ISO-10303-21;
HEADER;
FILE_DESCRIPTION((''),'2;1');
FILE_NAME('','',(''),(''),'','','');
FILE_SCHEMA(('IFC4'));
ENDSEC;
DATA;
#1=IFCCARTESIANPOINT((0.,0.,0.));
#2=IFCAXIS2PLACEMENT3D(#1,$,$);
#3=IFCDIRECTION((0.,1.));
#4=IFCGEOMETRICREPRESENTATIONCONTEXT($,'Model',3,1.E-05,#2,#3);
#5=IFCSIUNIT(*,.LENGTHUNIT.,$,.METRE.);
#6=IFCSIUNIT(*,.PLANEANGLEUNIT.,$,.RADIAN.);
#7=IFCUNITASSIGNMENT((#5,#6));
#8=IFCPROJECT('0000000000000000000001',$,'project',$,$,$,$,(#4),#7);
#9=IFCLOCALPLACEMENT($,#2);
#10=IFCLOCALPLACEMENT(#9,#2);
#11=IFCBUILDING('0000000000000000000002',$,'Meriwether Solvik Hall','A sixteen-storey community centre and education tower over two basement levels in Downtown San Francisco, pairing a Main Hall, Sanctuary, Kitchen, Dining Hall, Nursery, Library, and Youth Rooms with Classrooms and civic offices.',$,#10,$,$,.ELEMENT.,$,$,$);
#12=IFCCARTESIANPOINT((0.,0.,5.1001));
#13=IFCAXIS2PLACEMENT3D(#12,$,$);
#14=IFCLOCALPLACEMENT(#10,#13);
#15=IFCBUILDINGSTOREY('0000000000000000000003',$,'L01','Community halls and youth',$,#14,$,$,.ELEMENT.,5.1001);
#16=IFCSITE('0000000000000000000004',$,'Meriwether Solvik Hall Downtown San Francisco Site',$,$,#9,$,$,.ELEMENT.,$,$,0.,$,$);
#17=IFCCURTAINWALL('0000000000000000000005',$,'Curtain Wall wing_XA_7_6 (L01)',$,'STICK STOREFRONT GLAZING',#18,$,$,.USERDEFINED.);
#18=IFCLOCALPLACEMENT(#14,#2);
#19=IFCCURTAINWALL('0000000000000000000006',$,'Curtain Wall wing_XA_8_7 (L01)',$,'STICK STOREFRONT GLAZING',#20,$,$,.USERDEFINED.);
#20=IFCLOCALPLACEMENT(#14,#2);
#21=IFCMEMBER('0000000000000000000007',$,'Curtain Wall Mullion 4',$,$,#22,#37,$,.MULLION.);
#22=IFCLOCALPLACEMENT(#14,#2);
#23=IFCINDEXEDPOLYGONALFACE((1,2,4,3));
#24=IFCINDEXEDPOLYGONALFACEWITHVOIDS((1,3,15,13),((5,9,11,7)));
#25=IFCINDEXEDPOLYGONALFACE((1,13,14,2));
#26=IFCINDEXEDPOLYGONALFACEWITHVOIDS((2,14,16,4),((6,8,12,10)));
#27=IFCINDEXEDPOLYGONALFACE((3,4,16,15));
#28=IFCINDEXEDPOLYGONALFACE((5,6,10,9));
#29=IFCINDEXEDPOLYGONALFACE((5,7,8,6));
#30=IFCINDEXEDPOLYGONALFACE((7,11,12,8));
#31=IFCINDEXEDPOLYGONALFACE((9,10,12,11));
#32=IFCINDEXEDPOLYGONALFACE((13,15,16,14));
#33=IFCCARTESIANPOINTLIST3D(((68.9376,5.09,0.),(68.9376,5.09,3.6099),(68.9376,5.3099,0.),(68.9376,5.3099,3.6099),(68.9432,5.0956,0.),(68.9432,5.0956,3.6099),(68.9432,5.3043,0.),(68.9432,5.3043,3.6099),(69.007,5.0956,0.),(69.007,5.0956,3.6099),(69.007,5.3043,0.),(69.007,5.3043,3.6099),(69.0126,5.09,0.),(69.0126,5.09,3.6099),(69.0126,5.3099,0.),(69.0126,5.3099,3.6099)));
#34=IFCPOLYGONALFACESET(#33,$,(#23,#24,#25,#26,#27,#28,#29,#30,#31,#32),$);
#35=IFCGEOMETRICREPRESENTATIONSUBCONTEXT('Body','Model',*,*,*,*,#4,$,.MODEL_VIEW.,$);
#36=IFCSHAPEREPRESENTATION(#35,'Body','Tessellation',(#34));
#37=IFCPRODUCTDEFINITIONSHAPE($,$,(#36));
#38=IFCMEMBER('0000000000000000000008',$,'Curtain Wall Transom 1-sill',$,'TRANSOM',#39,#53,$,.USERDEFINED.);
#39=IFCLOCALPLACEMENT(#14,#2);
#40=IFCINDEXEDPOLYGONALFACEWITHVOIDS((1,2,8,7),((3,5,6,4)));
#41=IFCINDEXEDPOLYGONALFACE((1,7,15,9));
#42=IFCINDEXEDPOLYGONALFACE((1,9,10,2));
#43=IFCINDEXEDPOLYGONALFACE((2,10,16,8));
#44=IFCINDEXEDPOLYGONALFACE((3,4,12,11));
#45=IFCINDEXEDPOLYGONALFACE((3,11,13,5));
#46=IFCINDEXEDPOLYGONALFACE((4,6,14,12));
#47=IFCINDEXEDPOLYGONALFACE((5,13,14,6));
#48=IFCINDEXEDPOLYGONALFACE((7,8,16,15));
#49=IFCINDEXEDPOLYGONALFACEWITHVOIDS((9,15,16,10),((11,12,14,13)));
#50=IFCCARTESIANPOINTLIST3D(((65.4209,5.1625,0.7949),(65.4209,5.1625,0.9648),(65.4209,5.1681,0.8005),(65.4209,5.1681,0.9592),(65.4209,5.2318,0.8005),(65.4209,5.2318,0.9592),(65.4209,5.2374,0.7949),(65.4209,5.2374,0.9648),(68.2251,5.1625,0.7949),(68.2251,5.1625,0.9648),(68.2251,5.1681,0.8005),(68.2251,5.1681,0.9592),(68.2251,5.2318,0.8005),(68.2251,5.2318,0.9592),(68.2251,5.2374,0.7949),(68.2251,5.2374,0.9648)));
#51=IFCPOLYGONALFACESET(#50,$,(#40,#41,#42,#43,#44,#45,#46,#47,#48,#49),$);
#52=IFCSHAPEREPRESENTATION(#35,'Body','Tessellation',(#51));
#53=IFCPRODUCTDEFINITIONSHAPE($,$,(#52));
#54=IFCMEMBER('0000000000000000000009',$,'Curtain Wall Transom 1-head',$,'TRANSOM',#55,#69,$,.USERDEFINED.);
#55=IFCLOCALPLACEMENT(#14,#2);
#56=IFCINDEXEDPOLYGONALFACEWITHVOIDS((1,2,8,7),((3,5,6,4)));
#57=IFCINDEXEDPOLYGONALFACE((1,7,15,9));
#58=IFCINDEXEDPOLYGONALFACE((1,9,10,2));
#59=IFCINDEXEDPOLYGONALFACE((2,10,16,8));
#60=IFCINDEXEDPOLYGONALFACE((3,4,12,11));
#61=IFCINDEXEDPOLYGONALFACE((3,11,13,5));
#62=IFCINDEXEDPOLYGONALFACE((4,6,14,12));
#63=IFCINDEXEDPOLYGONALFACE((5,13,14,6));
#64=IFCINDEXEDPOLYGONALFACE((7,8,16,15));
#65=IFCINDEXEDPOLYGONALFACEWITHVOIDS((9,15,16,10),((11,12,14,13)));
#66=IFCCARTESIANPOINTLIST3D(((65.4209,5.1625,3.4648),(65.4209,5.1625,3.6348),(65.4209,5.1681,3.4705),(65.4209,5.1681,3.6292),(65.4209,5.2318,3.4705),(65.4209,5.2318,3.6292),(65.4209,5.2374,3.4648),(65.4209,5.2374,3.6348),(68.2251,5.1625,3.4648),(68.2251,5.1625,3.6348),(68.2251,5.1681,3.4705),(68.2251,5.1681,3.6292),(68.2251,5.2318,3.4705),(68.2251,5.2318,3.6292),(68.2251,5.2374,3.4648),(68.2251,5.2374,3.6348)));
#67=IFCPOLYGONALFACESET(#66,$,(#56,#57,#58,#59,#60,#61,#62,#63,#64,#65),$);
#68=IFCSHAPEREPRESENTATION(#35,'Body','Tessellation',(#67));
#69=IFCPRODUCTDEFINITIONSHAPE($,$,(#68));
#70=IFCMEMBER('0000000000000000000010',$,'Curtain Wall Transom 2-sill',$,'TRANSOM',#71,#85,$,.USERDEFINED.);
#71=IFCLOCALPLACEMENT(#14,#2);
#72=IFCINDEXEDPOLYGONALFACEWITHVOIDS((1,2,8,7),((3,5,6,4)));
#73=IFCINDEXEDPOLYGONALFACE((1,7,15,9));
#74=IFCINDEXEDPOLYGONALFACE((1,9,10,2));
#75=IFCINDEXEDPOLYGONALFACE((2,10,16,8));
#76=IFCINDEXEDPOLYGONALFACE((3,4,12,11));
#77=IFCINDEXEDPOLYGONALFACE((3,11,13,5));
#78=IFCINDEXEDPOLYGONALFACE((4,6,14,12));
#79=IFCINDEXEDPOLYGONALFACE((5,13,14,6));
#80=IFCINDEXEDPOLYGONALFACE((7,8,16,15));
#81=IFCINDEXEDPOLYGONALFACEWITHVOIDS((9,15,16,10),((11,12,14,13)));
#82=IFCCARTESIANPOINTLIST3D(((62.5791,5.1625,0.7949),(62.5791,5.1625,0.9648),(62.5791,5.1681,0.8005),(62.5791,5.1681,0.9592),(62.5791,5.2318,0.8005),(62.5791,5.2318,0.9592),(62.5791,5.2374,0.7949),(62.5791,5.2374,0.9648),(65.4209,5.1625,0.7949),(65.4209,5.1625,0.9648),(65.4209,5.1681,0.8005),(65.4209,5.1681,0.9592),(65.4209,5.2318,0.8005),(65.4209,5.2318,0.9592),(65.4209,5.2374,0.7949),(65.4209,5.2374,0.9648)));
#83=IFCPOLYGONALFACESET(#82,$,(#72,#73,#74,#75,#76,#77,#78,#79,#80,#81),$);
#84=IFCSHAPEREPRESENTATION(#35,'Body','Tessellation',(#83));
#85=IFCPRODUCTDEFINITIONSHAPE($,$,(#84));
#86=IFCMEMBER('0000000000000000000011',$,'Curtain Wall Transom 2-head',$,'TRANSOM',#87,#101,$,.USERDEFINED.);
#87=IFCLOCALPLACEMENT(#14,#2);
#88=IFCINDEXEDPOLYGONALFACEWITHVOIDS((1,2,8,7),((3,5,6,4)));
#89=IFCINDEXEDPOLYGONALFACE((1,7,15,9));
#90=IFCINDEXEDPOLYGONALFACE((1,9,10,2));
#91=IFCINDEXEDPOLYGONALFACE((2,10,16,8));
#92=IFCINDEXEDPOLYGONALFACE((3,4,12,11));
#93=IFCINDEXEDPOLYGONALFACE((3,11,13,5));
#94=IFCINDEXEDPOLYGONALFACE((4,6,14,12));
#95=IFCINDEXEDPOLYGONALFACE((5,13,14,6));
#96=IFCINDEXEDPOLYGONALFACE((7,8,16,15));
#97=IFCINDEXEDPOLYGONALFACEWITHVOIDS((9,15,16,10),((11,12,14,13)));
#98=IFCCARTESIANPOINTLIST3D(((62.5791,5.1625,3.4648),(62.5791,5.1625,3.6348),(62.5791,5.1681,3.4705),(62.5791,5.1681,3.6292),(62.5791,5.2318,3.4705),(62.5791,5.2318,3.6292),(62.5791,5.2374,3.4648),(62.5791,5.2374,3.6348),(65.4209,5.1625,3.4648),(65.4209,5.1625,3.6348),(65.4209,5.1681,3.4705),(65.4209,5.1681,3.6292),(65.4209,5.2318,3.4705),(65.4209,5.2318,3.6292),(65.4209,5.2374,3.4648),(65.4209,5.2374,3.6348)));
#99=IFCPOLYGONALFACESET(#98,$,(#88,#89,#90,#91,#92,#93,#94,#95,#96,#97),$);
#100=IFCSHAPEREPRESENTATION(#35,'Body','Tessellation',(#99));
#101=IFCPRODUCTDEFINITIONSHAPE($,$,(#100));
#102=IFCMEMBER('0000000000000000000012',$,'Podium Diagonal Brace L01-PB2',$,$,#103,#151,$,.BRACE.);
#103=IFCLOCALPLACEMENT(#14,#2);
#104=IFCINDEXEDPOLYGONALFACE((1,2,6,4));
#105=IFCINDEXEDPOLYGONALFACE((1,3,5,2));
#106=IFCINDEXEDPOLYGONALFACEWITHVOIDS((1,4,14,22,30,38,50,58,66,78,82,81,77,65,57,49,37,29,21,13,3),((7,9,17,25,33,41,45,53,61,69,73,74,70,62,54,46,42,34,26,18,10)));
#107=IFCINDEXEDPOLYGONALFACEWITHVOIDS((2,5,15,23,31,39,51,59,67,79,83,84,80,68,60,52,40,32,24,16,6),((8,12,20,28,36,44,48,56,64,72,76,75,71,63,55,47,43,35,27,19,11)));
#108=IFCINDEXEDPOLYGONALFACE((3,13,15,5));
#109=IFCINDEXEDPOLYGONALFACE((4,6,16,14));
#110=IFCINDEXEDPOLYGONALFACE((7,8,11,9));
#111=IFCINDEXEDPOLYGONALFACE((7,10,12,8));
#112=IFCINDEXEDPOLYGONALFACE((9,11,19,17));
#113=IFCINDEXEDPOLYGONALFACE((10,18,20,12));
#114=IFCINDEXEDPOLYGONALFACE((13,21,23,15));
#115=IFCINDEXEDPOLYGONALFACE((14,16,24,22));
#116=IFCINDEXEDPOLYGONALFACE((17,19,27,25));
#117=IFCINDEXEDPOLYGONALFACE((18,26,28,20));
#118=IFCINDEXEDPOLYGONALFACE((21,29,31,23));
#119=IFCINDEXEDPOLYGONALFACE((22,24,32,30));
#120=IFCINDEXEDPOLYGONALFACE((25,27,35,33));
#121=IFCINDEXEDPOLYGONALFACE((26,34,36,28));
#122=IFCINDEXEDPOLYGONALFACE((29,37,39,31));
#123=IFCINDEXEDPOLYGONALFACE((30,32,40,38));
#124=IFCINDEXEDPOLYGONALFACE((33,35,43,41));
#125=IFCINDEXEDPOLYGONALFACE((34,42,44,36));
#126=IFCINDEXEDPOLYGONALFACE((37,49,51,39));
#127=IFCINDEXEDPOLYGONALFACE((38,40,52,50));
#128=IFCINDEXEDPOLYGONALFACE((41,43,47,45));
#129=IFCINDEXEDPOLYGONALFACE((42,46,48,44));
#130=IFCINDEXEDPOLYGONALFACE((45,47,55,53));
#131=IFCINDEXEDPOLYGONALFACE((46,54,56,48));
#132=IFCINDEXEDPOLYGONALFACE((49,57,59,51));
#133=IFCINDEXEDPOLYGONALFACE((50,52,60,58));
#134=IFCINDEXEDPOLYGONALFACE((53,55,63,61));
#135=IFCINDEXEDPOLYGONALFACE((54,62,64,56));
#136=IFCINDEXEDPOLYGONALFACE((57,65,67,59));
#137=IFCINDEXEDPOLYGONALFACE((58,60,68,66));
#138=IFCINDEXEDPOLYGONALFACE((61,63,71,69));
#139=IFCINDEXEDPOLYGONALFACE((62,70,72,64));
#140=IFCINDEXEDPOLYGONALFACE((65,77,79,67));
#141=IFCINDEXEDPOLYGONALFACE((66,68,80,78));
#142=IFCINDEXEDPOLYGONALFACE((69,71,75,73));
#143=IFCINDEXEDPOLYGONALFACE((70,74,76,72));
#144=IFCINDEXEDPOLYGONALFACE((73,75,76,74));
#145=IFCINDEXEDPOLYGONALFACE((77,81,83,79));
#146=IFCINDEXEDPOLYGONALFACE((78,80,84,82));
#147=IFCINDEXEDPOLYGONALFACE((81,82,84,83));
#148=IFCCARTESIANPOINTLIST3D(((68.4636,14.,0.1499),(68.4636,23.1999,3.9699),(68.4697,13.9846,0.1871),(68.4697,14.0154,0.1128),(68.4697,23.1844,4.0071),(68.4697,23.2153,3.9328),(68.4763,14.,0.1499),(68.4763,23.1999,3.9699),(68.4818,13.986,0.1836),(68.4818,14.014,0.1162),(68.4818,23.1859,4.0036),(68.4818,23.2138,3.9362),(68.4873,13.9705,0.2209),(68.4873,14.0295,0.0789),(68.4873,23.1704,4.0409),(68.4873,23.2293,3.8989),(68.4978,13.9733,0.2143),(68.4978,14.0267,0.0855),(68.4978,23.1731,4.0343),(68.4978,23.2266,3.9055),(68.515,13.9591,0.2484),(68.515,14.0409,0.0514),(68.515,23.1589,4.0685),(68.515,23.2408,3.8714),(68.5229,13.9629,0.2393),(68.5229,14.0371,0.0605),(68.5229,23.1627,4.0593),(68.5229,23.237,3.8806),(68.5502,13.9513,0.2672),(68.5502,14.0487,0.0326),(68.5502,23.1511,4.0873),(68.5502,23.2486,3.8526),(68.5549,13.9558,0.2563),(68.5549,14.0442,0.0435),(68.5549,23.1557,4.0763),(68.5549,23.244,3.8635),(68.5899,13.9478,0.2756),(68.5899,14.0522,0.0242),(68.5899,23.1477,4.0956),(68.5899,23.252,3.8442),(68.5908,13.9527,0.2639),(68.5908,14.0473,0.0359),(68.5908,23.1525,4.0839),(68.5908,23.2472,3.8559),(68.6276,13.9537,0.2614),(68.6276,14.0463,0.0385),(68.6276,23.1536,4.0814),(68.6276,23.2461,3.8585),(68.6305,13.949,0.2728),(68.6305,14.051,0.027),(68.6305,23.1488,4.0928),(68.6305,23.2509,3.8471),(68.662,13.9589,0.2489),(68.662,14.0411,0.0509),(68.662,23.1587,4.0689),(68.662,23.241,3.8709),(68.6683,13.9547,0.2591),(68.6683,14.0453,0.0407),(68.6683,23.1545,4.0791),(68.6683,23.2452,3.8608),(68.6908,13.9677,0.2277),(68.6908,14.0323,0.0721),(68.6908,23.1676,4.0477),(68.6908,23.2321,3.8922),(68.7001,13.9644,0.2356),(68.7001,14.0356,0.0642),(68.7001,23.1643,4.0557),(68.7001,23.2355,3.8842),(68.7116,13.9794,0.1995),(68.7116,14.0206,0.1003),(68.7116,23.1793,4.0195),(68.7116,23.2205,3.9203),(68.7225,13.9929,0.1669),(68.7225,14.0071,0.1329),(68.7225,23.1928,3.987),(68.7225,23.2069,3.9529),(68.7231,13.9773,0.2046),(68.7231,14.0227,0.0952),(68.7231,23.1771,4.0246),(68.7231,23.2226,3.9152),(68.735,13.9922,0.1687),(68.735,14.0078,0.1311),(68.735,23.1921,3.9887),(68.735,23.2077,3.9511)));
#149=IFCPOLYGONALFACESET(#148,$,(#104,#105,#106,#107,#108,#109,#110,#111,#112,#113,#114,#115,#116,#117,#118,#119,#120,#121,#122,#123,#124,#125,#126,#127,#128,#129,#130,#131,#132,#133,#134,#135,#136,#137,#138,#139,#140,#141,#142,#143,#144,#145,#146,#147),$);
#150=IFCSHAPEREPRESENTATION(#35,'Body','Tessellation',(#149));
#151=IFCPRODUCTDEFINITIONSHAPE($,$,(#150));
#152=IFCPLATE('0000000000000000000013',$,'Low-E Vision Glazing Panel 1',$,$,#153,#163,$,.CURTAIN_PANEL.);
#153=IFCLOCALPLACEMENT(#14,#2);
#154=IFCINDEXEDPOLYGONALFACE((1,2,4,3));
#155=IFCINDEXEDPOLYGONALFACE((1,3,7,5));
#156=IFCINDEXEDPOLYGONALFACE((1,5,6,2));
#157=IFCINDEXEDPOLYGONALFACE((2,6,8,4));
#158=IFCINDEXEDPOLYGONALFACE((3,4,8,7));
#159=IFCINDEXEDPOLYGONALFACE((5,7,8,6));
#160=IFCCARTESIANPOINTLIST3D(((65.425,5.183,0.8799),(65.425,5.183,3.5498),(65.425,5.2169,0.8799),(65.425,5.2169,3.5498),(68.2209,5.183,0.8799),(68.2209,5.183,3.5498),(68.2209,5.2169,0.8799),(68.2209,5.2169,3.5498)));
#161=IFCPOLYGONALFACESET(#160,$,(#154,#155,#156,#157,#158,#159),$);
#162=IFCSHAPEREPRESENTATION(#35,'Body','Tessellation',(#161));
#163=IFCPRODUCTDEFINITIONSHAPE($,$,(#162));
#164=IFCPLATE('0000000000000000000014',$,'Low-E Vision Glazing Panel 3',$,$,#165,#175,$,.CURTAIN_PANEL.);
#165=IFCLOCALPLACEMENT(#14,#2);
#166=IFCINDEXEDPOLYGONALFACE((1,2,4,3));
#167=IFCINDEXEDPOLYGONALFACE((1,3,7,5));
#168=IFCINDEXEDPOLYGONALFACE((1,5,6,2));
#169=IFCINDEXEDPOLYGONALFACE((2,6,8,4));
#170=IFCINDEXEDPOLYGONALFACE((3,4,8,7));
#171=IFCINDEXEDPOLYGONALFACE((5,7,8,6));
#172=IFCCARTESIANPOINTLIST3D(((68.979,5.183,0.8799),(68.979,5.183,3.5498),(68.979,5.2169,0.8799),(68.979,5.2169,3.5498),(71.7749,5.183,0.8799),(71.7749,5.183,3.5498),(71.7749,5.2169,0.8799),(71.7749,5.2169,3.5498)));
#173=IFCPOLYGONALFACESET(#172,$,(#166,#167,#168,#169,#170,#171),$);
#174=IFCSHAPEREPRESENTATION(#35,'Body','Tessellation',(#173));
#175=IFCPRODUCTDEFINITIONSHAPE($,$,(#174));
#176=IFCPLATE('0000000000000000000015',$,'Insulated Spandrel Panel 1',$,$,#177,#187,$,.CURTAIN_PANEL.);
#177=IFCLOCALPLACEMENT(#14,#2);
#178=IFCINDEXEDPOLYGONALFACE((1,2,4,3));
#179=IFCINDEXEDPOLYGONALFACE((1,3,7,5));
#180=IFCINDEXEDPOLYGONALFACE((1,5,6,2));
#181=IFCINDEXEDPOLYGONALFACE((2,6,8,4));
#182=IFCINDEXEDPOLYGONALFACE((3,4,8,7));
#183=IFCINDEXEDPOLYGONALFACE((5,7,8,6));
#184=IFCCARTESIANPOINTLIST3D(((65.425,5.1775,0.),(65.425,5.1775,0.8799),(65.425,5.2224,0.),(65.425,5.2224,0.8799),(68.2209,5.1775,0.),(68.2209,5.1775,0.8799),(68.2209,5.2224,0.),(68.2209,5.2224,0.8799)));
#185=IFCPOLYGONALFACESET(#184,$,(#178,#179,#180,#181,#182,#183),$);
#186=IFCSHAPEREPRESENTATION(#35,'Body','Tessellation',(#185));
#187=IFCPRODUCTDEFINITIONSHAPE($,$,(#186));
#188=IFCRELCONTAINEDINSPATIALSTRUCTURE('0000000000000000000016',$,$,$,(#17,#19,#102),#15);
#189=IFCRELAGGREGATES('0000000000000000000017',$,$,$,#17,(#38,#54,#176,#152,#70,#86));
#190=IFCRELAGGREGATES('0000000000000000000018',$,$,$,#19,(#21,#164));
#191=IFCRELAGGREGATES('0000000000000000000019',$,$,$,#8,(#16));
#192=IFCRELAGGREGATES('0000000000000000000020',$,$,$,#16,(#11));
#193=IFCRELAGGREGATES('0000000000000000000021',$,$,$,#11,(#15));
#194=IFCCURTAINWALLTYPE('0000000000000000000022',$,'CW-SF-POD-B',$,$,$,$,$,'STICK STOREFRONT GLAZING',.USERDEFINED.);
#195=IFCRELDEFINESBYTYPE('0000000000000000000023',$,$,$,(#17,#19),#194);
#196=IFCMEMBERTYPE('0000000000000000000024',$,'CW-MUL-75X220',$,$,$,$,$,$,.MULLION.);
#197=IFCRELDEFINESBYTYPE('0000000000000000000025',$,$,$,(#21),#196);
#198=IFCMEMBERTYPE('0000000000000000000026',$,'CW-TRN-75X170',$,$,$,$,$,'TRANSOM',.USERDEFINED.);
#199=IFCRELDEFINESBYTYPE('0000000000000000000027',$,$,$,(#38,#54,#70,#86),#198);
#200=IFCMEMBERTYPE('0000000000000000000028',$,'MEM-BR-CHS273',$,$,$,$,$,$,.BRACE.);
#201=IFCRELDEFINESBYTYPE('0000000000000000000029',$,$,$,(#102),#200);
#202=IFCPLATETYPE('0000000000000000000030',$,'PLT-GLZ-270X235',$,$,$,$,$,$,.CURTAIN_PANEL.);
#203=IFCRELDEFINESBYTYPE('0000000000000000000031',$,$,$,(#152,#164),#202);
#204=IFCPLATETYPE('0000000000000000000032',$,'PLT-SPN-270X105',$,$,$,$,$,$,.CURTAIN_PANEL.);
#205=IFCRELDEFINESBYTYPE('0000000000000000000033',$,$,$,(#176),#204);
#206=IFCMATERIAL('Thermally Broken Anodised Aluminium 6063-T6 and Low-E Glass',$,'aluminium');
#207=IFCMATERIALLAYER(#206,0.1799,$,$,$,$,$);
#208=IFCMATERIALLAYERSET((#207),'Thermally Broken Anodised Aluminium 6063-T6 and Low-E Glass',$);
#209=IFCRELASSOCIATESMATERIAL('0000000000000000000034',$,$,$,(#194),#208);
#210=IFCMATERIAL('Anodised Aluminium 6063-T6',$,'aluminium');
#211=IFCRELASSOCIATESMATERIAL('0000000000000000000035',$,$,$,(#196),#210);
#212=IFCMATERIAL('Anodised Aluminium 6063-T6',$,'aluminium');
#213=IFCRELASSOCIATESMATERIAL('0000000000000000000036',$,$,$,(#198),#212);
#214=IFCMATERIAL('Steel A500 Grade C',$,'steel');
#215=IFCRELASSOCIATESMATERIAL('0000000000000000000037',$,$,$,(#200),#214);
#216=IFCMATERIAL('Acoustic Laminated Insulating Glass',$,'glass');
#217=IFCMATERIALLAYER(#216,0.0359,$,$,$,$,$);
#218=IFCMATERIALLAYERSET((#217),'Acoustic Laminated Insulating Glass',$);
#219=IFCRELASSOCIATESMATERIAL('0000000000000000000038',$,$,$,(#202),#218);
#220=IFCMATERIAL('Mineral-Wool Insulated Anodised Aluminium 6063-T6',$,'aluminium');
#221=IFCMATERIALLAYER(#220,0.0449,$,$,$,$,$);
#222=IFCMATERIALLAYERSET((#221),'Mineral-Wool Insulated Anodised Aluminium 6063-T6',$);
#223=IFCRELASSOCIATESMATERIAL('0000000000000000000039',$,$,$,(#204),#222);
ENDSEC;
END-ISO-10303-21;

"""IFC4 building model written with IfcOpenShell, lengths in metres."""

from ifc_helpers import new_model, si_unit, direction, frame, origin, origin_2d, place, context, subcontext, project, spatial, rectangle, hollow_rectangle, hollow_circle, extrude, material, layer, layer_set, material_profile, profile_set, type_object, element, aggregate, save


model = new_model("IFC4")

# Units and contexts
model_context = context("Model", 3, precision=1e-05, world=origin(), true_north=direction((0.0, 1.0)))
body_context = subcontext(model_context, "Body", "Model", "MODEL_VIEW")
ifc_project = project(units=[si_unit("LENGTHUNIT", "METRE"), si_unit("PLANEANGLEUNIT", "RADIAN")], contexts=[model_context])

# Site, building, storey
site_placement = place(None, origin())
site = spatial("IfcSite", under=ifc_project, at=site_placement, Name="Meriwether Solvik Hall Downtown San Francisco Site", CompositionType="ELEMENT", RefElevation=0.0)
building_placement = place(site_placement, origin())
building = spatial("IfcBuilding", under=site, at=building_placement, Name="Meriwether Solvik Hall", Description="A sixteen-storey community centre and education tower over two basement levels in Downtown San Francisco, pairing a Main Hall, Sanctuary, Kitchen, Dining Hall, Nursery, Library, and Youth Rooms with Classrooms and civic offices.", CompositionType="ELEMENT")
storey_placement = place(building_placement, frame((0.0, 0.0, 5.1001)))
storey = spatial("IfcBuildingStorey", under=building, at=storey_placement, Name="L01", Description="Community halls and youth", CompositionType="ELEMENT", Elevation=5.1001)

# Curtain walls, member
ifc_material_1 = material(Name="Thermally Broken Anodised Aluminium 6063-T6 and Low-E Glass", Category="aluminium")
ifc_layer_1 = layer(ifc_material_1, 0.1799)
ifc_layer_set_1 = layer_set([ifc_layer_1], Name="Thermally Broken Anodised Aluminium 6063-T6 and Low-E Glass")
curtain_wall_type = type_object("IfcCurtainWallType", Name="CW-SF-POD-B", ElementType="STICK STOREFRONT GLAZING", PredefinedType="USERDEFINED", material=ifc_layer_set_1)
curtain_wall_1_placement = place(storey_placement, origin())
curtain_wall_1 = element("IfcCurtainWall", 1, at=curtain_wall_1_placement, inside=storey, type_object=curtain_wall_type, Name="Curtain Wall wing_XA_7_6 (L01)", ObjectType="STICK STOREFRONT GLAZING", PredefinedType="USERDEFINED")
ifc_material_2 = material(Name="Anodised Aluminium 6063-T6", Category="aluminium")
ifc_material_profile_1 = material_profile(ifc_material_2, hollow_rectangle(XDim=0.075, YDim=0.22, WallThickness=0.0056, at=origin_2d()), Name="CWM-75X220")
ifc_profile_set_1 = profile_set([ifc_material_profile_1], Name="Anodised Aluminium 6063-T6")
member_type_1 = type_object("IfcMemberType", Name="CW-MUL-75X220", PredefinedType="MULLION", material=ifc_profile_set_1)
curtain_wall_2_placement = place(storey_placement, origin())
curtain_wall_2 = element("IfcCurtainWall", 2, at=curtain_wall_2_placement, inside=storey, type_object=curtain_wall_type, Name="Curtain Wall wing_XA_8_7 (L01)", ObjectType="STICK STOREFRONT GLAZING", PredefinedType="USERDEFINED")
member_1_placement = place(storey_placement, frame((68.9751, 5.2, 0.0), z_axis=(0.0, 0.0, 1.0), x_axis=(-1.0, 0.0, 0.0)))
member_1 = element("IfcMember", 3, at=member_1_placement, type_object=member_type_1, Name="Curtain Wall Mullion 4", PredefinedType="MULLION", context=body_context, shape_type="SweptSolid", body=[
    extrude(hollow_rectangle(XDim=0.075, YDim=0.22, WallThickness=0.0056, at=origin_2d()), origin(), (0.0, 0.0, 1.0), 3.6099),
])

# Members
ifc_material_3 = material(Name="Anodised Aluminium 6063-T6", Category="aluminium")
ifc_material_profile_2 = material_profile(ifc_material_3, hollow_rectangle(XDim=0.075, YDim=0.1699, WallThickness=0.0056, at=origin_2d()), Name="CWT-75X170")
ifc_profile_set_2 = profile_set([ifc_material_profile_2], Name="Anodised Aluminium 6063-T6")
member_type_2 = type_object("IfcMemberType", Name="CW-TRN-75X170", ElementType="TRANSOM", PredefinedType="USERDEFINED", material=ifc_profile_set_2)
member_2_placement = place(storey_placement, frame((68.2251, 5.2, 0.8799), z_axis=(-1.0, 0.0, 0.0), x_axis=(0.0, -1.0, 0.0)))
member_2 = element("IfcMember", 4, at=member_2_placement, type_object=member_type_2, Name="Curtain Wall Transom 1-sill", ObjectType="TRANSOM", PredefinedType="USERDEFINED", context=body_context, shape_type="SweptSolid", body=[
    extrude(hollow_rectangle(XDim=0.075, YDim=0.1699, WallThickness=0.0056, at=origin_2d()), origin(), (0.0, 0.0, 1.0), 2.8042),
])
member_3_placement = place(storey_placement, frame((68.2251, 5.2, 3.5498), z_axis=(-1.0, 0.0, 0.0), x_axis=(0.0, -1.0, 0.0)))
member_3 = element("IfcMember", 5, at=member_3_placement, type_object=member_type_2, Name="Curtain Wall Transom 1-head", ObjectType="TRANSOM", PredefinedType="USERDEFINED", context=body_context, shape_type="SweptSolid", body=[
    extrude(hollow_rectangle(XDim=0.075, YDim=0.1699, WallThickness=0.0056, at=origin_2d()), origin(), (0.0, 0.0, 1.0), 2.8042),
])
member_4_placement = place(storey_placement, frame((65.4209, 5.2, 0.8799), z_axis=(-1.0, 0.0, 0.0), x_axis=(0.0, -1.0, 0.0)))
member_4 = element("IfcMember", 6, at=member_4_placement, type_object=member_type_2, Name="Curtain Wall Transom 2-sill", ObjectType="TRANSOM", PredefinedType="USERDEFINED", context=body_context, shape_type="SweptSolid", body=[
    extrude(hollow_rectangle(XDim=0.075, YDim=0.1699, WallThickness=0.0056, at=origin_2d()), origin(), (0.0, 0.0, 1.0), 2.8418),
])
member_5_placement = place(storey_placement, frame((65.4209, 5.2, 3.5498), z_axis=(-1.0, 0.0, 0.0), x_axis=(0.0, -1.0, 0.0)))
member_5 = element("IfcMember", 7, at=member_5_placement, type_object=member_type_2, Name="Curtain Wall Transom 2-head", ObjectType="TRANSOM", PredefinedType="USERDEFINED", context=body_context, shape_type="SweptSolid", body=[
    extrude(hollow_rectangle(XDim=0.075, YDim=0.1699, WallThickness=0.0056, at=origin_2d()), origin(), (0.0, 0.0, 1.0), 2.8418),
])
ifc_material_4 = material(Name="Steel A500 Grade C", Category="steel")
ifc_material_profile_3 = material_profile(ifc_material_4, hollow_circle(Radius=0.1365, WallThickness=0.0127, at=origin_2d()), Name="CHS273X12.7")
ifc_profile_set_3 = profile_set([ifc_material_profile_3], Name="Steel A500 Grade C")
member_type_3 = type_object("IfcMemberType", Name="MEM-BR-CHS273", PredefinedType="BRACE", material=ifc_profile_set_3)
member_6_placement = place(storey_placement, frame((68.6001, 14.0, 0.1499), z_axis=(0.0, 0.923548, 0.383482), x_axis=(-1.0, 0.0, 0.0)))
element("IfcMember", 8, at=member_6_placement, inside=storey, type_object=member_type_3, Name="Podium Diagonal Brace L01-PB2", PredefinedType="BRACE", context=body_context, shape_type="SweptSolid", body=[
    extrude(hollow_circle(Radius=0.1365, WallThickness=0.0127, at=origin_2d()), origin(), (0.0, 0.0, 1.0), 9.9614),
])

# Plates
ifc_material_5 = material(Name="Acoustic Laminated Insulating Glass", Category="glass")
ifc_layer_2 = layer(ifc_material_5, 0.0359)
ifc_layer_set_2 = layer_set([ifc_layer_2], Name="Acoustic Laminated Insulating Glass")
plate_type_1 = type_object("IfcPlateType", Name="PLT-GLZ-270X235", PredefinedType="CURTAIN_PANEL", material=ifc_layer_set_2)
plate_1_placement = place(storey_placement, frame((66.823, 5.2, 0.8799), z_axis=(0.0, 0.0, 1.0), x_axis=(-1.0, 0.0, 0.0)))
plate_1 = element("IfcPlate", 9, at=plate_1_placement, type_object=plate_type_1, Name="Low-E Vision Glazing Panel 1", PredefinedType="CURTAIN_PANEL", context=body_context, shape_type="SweptSolid", body=[
    extrude(rectangle(XDim=2.7959, YDim=0.0339, at=origin_2d()), origin(), (0.0, 0.0, 1.0), 2.6699),
])
plate_2_placement = place(storey_placement, frame((70.377, 5.2, 0.8799), z_axis=(0.0, 0.0, 1.0), x_axis=(-1.0, 0.0, 0.0)))
plate_2 = element("IfcPlate", 10, at=plate_2_placement, type_object=plate_type_1, Name="Low-E Vision Glazing Panel 3", PredefinedType="CURTAIN_PANEL", context=body_context, shape_type="SweptSolid", body=[
    extrude(rectangle(XDim=2.7959, YDim=0.0339, at=origin_2d()), origin(), (0.0, 0.0, 1.0), 2.6699),
])
ifc_material_6 = material(Name="Mineral-Wool Insulated Anodised Aluminium 6063-T6", Category="aluminium")
ifc_layer_3 = layer(ifc_material_6, 0.0449)
ifc_layer_set_3 = layer_set([ifc_layer_3], Name="Mineral-Wool Insulated Anodised Aluminium 6063-T6")
plate_type_2 = type_object("IfcPlateType", Name="PLT-SPN-270X105", PredefinedType="CURTAIN_PANEL", material=ifc_layer_set_3)
plate_3_placement = place(storey_placement, frame((66.823, 5.2, 0.0), z_axis=(0.0, 0.0, 1.0), x_axis=(-1.0, 0.0, 0.0)))
plate_3 = element("IfcPlate", 11, at=plate_3_placement, type_object=plate_type_2, Name="Insulated Spandrel Panel 1", PredefinedType="CURTAIN_PANEL", context=body_context, shape_type="SweptSolid", body=[
    extrude(rectangle(XDim=2.7959, YDim=0.0449, at=origin_2d()), origin(), (0.0, 0.0, 1.0), 0.8799),
])
aggregate(curtain_wall_1, [member_2, member_3, plate_3, plate_1, member_4, member_5])
aggregate(curtain_wall_2, [member_1, plate_2])

save(model, "model.ifc")
